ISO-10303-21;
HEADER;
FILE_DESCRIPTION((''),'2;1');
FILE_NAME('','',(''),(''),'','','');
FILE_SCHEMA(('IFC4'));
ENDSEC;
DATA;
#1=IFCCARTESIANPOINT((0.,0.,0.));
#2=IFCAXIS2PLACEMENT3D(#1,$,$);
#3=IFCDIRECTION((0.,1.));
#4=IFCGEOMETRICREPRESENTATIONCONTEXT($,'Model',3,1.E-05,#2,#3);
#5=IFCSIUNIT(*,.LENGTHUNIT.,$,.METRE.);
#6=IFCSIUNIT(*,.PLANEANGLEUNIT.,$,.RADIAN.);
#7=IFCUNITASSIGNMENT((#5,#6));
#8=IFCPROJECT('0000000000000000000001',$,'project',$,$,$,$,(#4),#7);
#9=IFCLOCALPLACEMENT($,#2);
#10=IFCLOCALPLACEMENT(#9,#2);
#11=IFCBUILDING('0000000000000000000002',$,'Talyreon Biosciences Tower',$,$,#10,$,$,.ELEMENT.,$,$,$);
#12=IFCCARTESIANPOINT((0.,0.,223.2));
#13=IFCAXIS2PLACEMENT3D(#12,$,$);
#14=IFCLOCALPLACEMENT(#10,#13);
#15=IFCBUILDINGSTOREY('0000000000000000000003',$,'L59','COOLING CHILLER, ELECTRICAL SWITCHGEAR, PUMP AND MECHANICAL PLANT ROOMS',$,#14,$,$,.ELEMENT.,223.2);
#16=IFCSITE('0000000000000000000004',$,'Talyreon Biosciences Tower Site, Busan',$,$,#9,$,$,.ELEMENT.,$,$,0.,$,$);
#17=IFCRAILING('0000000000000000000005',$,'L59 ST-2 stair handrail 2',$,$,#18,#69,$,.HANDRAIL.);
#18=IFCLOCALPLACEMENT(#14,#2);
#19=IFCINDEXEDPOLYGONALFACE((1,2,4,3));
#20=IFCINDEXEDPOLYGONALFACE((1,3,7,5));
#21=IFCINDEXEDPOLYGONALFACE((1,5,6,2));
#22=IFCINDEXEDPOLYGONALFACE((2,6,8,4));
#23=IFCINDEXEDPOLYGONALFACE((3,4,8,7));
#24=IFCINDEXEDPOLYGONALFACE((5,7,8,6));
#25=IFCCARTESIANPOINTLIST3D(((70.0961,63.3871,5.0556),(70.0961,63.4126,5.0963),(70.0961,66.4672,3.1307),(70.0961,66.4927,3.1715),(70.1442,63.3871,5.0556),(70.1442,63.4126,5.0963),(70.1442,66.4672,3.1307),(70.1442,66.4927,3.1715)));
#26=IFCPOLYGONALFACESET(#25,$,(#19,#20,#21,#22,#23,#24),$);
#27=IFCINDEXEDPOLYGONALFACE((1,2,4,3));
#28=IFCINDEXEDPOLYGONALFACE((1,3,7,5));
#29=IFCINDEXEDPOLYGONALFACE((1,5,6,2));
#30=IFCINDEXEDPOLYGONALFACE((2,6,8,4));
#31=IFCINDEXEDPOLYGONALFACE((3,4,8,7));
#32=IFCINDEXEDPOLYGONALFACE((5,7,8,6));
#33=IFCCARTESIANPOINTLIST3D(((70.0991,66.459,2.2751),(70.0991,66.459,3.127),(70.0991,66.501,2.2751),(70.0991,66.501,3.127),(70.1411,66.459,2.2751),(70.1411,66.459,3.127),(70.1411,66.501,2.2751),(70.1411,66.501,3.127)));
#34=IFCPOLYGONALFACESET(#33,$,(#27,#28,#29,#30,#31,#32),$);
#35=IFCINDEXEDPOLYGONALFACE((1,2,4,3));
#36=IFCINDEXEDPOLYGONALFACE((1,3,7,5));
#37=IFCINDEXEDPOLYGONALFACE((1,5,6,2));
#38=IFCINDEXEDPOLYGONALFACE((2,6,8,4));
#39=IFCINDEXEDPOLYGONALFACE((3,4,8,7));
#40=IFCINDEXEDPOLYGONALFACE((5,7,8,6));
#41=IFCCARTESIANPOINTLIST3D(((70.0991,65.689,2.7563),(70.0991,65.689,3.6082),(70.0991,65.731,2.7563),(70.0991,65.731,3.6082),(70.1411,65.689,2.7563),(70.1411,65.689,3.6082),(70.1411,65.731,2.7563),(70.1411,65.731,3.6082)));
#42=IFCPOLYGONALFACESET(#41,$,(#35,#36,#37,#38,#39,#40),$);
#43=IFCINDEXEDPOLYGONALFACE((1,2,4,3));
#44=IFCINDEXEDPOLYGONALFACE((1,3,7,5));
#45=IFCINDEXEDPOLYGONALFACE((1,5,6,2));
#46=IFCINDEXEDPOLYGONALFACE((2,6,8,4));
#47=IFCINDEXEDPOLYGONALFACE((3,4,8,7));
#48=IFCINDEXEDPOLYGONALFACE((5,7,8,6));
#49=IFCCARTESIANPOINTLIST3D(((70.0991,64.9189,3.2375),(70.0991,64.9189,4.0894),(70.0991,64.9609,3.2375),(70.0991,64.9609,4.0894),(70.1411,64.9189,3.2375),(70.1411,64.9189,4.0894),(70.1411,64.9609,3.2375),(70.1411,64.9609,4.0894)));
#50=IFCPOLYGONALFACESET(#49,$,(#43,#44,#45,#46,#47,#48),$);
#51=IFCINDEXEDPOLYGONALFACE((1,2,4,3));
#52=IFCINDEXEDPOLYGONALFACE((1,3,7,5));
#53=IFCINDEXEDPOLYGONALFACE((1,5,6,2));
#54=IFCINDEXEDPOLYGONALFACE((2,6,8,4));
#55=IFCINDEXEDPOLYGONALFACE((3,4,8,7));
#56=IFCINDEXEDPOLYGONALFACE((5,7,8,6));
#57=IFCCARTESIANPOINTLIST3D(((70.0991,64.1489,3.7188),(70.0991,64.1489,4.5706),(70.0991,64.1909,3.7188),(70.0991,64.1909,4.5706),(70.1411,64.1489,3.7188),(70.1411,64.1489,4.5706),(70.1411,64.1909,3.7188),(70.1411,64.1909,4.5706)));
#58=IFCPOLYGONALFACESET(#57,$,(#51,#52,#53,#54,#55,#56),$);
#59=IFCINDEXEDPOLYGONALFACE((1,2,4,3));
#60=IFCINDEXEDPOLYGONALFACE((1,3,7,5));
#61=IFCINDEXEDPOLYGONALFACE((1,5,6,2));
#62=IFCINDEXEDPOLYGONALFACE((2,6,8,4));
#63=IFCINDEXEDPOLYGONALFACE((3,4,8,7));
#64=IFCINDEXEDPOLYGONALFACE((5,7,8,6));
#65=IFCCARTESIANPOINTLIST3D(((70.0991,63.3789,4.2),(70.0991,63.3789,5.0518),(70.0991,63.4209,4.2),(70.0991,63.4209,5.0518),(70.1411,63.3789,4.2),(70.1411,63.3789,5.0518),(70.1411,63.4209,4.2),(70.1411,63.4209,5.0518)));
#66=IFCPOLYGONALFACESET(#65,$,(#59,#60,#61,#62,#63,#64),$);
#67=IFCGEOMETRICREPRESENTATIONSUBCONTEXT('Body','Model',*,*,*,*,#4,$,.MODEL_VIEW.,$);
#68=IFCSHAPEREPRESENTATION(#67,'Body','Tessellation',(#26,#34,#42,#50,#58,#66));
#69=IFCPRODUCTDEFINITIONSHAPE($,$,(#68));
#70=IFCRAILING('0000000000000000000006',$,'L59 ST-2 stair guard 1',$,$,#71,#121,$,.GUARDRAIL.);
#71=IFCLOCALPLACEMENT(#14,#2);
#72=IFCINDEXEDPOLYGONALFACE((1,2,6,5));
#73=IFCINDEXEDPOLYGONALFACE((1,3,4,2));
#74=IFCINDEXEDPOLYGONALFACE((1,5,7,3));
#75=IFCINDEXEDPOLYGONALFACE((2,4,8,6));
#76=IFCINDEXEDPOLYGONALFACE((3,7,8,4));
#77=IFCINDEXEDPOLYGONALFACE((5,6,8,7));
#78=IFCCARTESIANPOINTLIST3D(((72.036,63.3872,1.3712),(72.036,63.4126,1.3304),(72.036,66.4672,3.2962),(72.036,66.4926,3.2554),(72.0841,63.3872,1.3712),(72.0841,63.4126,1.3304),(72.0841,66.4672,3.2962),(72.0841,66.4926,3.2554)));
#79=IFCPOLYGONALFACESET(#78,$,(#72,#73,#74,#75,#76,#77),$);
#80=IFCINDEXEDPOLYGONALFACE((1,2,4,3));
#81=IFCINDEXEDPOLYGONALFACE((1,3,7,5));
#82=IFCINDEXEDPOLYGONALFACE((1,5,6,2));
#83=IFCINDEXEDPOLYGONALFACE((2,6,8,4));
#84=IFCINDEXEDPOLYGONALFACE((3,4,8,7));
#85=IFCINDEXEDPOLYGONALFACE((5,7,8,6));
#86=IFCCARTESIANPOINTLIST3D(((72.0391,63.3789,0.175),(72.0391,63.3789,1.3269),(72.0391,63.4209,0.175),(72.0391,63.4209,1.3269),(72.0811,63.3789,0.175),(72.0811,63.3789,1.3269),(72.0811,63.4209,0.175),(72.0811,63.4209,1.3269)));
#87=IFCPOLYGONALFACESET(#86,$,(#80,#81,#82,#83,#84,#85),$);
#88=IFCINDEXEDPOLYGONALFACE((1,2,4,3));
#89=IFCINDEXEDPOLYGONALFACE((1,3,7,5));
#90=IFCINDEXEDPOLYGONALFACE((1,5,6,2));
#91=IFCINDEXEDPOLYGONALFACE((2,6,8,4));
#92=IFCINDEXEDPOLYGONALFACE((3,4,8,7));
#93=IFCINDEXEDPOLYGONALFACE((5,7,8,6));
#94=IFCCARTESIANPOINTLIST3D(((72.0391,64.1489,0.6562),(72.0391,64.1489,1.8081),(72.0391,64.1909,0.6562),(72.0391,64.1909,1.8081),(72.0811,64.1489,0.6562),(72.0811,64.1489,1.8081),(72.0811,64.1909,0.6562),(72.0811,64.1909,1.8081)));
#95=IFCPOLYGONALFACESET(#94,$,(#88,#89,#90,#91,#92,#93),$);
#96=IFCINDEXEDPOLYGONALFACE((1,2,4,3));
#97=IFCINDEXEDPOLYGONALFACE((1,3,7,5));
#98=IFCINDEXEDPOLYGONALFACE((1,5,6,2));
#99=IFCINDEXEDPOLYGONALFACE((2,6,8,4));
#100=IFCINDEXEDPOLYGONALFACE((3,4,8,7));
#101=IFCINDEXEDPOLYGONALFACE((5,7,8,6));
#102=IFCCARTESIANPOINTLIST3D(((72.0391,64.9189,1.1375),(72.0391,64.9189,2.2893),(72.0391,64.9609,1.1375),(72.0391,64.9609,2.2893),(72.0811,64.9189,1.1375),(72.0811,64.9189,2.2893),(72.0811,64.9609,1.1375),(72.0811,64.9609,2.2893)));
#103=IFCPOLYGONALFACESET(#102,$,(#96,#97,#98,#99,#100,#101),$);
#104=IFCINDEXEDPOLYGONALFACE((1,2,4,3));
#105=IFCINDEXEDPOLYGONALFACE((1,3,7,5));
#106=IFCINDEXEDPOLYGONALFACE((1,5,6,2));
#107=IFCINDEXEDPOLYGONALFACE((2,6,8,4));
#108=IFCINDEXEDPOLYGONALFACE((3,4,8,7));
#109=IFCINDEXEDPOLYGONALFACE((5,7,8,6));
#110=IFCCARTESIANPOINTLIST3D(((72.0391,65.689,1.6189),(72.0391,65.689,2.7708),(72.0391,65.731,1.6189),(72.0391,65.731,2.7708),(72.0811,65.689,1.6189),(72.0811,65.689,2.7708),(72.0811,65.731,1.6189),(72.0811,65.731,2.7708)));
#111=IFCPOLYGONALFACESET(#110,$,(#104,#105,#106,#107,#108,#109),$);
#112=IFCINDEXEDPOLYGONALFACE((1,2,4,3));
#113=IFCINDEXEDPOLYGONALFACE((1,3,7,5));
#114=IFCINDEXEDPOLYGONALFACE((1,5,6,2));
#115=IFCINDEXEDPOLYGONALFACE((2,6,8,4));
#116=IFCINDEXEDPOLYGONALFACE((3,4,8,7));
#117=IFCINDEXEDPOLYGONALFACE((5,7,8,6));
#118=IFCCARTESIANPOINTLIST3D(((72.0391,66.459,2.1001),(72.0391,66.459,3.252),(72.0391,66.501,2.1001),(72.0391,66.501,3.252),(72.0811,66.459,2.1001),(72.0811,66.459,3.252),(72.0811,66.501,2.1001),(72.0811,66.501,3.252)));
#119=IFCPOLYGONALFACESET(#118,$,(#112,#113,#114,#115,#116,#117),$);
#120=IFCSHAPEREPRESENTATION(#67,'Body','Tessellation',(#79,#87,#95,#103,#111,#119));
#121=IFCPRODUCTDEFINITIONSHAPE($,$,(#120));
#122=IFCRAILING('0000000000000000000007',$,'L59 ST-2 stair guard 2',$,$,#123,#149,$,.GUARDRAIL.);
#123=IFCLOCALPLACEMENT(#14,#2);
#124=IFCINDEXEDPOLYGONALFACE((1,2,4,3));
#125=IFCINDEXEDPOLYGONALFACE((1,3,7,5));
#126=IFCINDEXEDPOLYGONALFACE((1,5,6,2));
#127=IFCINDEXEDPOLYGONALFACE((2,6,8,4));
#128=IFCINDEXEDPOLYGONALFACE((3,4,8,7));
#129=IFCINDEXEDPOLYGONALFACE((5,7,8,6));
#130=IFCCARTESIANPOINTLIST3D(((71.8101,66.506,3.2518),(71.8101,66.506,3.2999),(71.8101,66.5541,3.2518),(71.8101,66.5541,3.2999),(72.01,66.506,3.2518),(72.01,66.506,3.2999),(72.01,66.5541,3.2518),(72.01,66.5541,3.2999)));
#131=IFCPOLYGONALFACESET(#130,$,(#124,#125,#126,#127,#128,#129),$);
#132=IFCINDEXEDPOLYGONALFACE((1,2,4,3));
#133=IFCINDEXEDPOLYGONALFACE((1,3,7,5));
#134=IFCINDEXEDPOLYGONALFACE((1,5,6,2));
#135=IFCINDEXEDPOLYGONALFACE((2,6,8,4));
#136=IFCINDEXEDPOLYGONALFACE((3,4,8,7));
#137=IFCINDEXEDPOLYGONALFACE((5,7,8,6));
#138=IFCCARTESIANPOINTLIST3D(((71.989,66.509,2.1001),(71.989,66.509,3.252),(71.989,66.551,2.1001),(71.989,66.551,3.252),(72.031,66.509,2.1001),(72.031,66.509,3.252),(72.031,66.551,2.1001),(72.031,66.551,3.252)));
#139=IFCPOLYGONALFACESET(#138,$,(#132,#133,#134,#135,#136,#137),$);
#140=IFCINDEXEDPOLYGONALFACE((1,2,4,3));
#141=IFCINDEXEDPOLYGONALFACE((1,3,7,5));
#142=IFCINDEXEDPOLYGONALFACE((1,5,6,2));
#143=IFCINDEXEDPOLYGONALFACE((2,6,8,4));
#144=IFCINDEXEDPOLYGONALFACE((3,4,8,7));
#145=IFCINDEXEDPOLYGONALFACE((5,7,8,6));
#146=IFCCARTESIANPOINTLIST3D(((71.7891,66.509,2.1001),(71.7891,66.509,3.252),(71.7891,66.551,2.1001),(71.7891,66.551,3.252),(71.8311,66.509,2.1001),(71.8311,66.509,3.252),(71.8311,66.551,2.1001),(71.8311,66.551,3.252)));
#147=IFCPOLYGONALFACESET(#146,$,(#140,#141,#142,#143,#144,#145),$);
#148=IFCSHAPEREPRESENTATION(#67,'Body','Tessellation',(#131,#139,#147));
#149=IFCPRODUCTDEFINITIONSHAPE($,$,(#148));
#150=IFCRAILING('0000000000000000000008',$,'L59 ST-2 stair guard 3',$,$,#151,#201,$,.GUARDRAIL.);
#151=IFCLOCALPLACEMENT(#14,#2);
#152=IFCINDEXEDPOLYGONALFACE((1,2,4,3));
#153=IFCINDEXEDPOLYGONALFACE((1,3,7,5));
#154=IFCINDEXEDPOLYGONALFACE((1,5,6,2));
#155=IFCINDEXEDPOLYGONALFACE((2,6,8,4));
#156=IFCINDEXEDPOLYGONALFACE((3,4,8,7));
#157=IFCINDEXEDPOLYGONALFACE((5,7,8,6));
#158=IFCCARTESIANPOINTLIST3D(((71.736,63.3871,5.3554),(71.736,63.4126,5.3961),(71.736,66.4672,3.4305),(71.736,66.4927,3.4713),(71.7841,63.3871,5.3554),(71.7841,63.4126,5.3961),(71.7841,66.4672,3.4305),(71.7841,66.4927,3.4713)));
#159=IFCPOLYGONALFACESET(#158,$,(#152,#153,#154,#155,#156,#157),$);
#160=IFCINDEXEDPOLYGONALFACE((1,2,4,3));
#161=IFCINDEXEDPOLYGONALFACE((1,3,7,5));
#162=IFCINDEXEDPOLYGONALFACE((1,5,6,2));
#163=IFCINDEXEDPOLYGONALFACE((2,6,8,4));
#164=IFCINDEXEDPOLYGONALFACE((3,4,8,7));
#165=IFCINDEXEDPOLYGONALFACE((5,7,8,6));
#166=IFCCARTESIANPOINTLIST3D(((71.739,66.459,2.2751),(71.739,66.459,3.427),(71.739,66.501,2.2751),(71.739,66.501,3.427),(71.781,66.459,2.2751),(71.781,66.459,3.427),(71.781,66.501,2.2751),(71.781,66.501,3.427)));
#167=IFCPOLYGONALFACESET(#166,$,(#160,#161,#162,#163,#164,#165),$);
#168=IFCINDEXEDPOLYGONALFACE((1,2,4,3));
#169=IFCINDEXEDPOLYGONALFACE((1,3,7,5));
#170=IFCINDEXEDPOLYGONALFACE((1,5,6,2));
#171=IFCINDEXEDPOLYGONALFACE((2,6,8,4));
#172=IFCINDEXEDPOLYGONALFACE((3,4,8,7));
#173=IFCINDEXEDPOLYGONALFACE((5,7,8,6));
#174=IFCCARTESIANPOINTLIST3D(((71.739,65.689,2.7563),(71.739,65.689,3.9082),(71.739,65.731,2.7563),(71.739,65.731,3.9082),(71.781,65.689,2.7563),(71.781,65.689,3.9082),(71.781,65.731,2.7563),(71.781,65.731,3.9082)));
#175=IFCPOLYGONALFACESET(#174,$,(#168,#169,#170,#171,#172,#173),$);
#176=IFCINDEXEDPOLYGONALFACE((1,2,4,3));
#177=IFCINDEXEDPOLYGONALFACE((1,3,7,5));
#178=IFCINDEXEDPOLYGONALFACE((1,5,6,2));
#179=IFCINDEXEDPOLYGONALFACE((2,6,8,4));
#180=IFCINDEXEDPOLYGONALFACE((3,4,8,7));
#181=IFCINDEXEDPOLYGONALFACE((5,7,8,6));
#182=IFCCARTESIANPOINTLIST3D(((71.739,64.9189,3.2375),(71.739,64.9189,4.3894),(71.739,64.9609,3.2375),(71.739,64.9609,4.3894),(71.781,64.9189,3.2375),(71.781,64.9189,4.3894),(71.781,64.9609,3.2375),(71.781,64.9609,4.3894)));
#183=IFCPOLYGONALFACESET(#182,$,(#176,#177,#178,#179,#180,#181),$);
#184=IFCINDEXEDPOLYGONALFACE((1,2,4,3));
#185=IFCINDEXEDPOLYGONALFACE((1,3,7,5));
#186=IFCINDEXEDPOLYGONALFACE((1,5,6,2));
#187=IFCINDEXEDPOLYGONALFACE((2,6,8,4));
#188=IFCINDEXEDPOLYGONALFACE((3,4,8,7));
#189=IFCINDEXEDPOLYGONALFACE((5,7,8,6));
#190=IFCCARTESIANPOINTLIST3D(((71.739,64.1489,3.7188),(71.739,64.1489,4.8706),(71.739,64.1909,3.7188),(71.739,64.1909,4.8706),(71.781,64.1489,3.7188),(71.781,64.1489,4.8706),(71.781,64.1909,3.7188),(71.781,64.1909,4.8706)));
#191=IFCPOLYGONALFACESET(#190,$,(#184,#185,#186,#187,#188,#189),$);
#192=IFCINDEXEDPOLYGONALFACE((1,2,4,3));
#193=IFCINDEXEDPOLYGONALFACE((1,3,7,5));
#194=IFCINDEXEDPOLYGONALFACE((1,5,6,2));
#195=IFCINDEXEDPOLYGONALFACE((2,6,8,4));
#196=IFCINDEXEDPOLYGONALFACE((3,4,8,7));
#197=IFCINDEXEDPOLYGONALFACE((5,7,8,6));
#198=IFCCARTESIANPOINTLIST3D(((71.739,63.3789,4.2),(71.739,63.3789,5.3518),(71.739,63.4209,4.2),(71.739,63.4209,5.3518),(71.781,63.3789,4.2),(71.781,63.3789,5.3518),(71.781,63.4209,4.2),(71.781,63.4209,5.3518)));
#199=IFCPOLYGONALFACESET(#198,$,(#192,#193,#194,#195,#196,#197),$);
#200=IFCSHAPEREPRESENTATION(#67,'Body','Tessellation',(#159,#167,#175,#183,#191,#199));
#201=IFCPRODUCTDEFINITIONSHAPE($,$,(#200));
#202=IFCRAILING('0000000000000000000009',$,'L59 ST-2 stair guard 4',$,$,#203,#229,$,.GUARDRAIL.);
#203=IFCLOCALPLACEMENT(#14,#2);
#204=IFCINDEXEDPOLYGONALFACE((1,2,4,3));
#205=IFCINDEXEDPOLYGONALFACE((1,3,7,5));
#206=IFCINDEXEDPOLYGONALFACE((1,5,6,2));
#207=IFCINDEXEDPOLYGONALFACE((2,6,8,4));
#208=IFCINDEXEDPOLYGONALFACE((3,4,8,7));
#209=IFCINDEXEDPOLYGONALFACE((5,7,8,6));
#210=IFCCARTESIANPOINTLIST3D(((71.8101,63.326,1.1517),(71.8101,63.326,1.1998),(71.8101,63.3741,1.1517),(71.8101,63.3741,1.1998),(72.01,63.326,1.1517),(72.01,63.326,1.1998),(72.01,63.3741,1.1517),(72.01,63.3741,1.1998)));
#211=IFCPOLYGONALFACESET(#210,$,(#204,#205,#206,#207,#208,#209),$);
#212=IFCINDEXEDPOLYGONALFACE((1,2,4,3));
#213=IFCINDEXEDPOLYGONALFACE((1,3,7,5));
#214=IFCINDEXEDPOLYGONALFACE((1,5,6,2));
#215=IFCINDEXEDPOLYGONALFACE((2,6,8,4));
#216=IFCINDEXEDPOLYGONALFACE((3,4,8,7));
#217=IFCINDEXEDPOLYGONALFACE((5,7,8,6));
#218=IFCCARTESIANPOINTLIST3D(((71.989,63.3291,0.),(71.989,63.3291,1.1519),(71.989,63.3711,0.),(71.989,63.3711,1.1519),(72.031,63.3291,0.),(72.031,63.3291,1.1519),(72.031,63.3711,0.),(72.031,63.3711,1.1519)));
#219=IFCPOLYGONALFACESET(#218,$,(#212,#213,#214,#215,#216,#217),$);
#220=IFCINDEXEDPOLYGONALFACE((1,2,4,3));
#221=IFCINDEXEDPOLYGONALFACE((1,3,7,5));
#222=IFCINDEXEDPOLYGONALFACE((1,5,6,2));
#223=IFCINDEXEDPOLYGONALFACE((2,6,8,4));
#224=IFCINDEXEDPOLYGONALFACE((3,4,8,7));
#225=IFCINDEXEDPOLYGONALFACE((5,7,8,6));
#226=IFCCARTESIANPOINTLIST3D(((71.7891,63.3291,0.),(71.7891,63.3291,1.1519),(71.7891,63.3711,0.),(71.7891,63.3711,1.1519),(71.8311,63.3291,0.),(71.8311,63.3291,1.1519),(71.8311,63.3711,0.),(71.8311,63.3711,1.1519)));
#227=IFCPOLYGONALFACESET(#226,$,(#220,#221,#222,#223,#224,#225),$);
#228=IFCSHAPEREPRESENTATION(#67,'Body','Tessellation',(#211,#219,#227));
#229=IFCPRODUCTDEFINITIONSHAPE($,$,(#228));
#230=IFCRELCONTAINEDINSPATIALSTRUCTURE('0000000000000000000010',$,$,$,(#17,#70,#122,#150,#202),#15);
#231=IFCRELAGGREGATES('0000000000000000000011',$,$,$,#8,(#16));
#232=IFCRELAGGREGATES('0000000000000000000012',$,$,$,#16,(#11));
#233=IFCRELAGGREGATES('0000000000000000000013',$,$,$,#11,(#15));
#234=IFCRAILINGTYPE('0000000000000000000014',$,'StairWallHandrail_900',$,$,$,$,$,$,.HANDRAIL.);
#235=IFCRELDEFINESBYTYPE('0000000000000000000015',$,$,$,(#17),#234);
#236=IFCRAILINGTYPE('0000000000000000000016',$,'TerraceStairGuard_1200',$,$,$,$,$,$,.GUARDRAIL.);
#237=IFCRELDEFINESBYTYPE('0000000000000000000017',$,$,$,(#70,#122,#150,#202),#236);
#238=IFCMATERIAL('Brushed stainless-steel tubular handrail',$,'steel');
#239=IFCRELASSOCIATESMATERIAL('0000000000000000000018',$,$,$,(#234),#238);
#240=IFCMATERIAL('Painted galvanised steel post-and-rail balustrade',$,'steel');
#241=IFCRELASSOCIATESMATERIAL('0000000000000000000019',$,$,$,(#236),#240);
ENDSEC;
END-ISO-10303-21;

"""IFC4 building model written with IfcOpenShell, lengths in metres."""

from ifc_helpers import new_model, si_unit, direction, frame, origin, origin_2d, place, context, subcontext, project, spatial, rectangle, extrude, material, type_object, element, save


model = new_model("IFC4")

# Units and contexts
model_context = context("Model", 3, precision=1e-05, world=origin(), true_north=direction((0.0, 1.0)))
body_context = subcontext(model_context, "Body", "Model", "MODEL_VIEW")
ifc_project = project(units=[si_unit("LENGTHUNIT", "METRE"), si_unit("PLANEANGLEUNIT", "RADIAN")], contexts=[model_context])

# Site, building, storey
site_placement = place(None, origin())
site = spatial("IfcSite", under=ifc_project, at=site_placement, Name="Talyreon Biosciences Tower Site, Busan", CompositionType="ELEMENT", RefElevation=0.0)
building_placement = place(site_placement, origin())
building = spatial("IfcBuilding", under=site, at=building_placement, Name="Talyreon Biosciences Tower", CompositionType="ELEMENT")
storey_placement = place(building_placement, frame((0.0, 0.0, 223.2)))
storey = spatial("IfcBuildingStorey", under=building, at=storey_placement, Name="L59", Description="COOLING CHILLER, ELECTRICAL SWITCHGEAR, PUMP AND MECHANICAL PLANT ROOMS", CompositionType="ELEMENT", Elevation=223.2)

# Railings
ifc_material_1 = material(Name="Brushed stainless-steel tubular handrail", Category="steel")
railing_type_1 = type_object("IfcRailingType", Name="StairWallHandrail_900", PredefinedType="HANDRAIL", material=ifc_material_1)
railing_1_placement = place(storey_placement, frame((70.1201, 66.48, 2.2751)))
element("IfcRailing", 1, at=railing_1_placement, inside=storey, type_object=railing_type_1, Name="L59 ST-2 stair handrail 2", PredefinedType="HANDRAIL", context=body_context, shape_type="SweptSolid", body=[
    extrude(rectangle(XDim=0.0481, YDim=0.0481, at=origin_2d()), frame((0.0, 0.0, 0.876), z_axis=(0.0, -0.848029, 0.529951), x_axis=(1.0, 0.0, 0.0)), (0.0, 0.0, 1.0), 3.6321),
    extrude(rectangle(XDim=0.042, YDim=0.042, at=origin_2d()), origin(), (0.0, 0.0, 1.0), 0.8518),
    extrude(rectangle(XDim=0.042, YDim=0.042, at=origin_2d()), frame((0.0, -0.77, 0.4812)), (0.0, 0.0, 1.0), 0.8518),
    extrude(rectangle(XDim=0.042, YDim=0.042, at=origin_2d()), frame((0.0, -1.54, 0.9624)), (0.0, 0.0, 1.0), 0.8518),
    extrude(rectangle(XDim=0.042, YDim=0.042, at=origin_2d()), frame((0.0, -2.3101, 1.4436)), (0.0, 0.0, 1.0), 0.8518),
    extrude(rectangle(XDim=0.042, YDim=0.042, at=origin_2d()), frame((0.0, -3.0801, 1.9248)), (0.0, 0.0, 1.0), 0.8518),
])
ifc_material_2 = material(Name="Painted galvanised steel post-and-rail balustrade", Category="steel")
railing_type_2 = type_object("IfcRailingType", Name="TerraceStairGuard_1200", PredefinedType="GUARDRAIL", material=ifc_material_2)
railing_2_placement = place(storey_placement, frame((72.0601, 63.3999, 0.175)))
element("IfcRailing", 2, at=railing_2_placement, inside=storey, type_object=railing_type_2, Name="L59 ST-2 stair guard 1", PredefinedType="GUARDRAIL", context=body_context, shape_type="SweptSolid", body=[
    extrude(rectangle(XDim=0.0481, YDim=0.0481, at=origin_2d()), frame((0.0, 0.0, 1.1758), z_axis=(0.0, 0.847998, 0.529999), x_axis=(-1.0, 0.0, 0.0)), (0.0, 0.0, 1.0), 3.6321),
    extrude(rectangle(XDim=0.042, YDim=0.042, at=origin_2d()), origin(), (0.0, 0.0, 1.0), 1.1519),
    extrude(rectangle(XDim=0.042, YDim=0.042, at=origin_2d()), frame((0.0, 0.77, 0.4812)), (0.0, 0.0, 1.0), 1.1519),
    extrude(rectangle(XDim=0.042, YDim=0.042, at=origin_2d()), frame((0.0, 1.54, 0.9624)), (0.0, 0.0, 1.0), 1.1519),
    extrude(rectangle(XDim=0.042, YDim=0.042, at=origin_2d()), frame((0.0, 2.3101, 1.4438)), (0.0, 0.0, 1.0), 1.1519),
    extrude(rectangle(XDim=0.042, YDim=0.042, at=origin_2d()), frame((0.0, 3.0801, 1.925)), (0.0, 0.0, 1.0), 1.1519),
])
railing_3_placement = place(storey_placement, frame((72.01, 66.53, 2.1001)))
element("IfcRailing", 3, at=railing_3_placement, inside=storey, type_object=railing_type_2, Name="L59 ST-2 stair guard 2", PredefinedType="GUARDRAIL", context=body_context, shape_type="SweptSolid", body=[
    extrude(rectangle(XDim=0.0481, YDim=0.0481, at=origin_2d()), frame((0.0, 0.0, 1.1758), z_axis=(-1.0, 0.0, 0.0), x_axis=(0.0, -1.0, 0.0)), (0.0, 0.0, 1.0), 0.2),
    extrude(rectangle(XDim=0.042, YDim=0.042, at=origin_2d()), origin(), (0.0, 0.0, 1.0), 1.1519),
    extrude(rectangle(XDim=0.042, YDim=0.042, at=origin_2d()), frame((-0.2, 0.0, 0.0)), (0.0, 0.0, 1.0), 1.1519),
])
railing_4_placement = place(storey_placement, frame((71.76, 66.48, 2.2751)))
element("IfcRailing", 4, at=railing_4_placement, inside=storey, type_object=railing_type_2, Name="L59 ST-2 stair guard 3", PredefinedType="GUARDRAIL", context=body_context, shape_type="SweptSolid", body=[
    extrude(rectangle(XDim=0.0481, YDim=0.0481, at=origin_2d()), frame((0.0, 0.0, 1.1758), z_axis=(0.0, -0.848029, 0.529951), x_axis=(1.0, 0.0, 0.0)), (0.0, 0.0, 1.0), 3.6321),
    extrude(rectangle(XDim=0.042, YDim=0.042, at=origin_2d()), origin(), (0.0, 0.0, 1.0), 1.1519),
    extrude(rectangle(XDim=0.042, YDim=0.042, at=origin_2d()), frame((0.0, -0.77, 0.4812)), (0.0, 0.0, 1.0), 1.1519),
    extrude(rectangle(XDim=0.042, YDim=0.042, at=origin_2d()), frame((0.0, -1.54, 0.9624)), (0.0, 0.0, 1.0), 1.1519),
    extrude(rectangle(XDim=0.042, YDim=0.042, at=origin_2d()), frame((0.0, -2.3101, 1.4436)), (0.0, 0.0, 1.0), 1.1519),
    extrude(rectangle(XDim=0.042, YDim=0.042, at=origin_2d()), frame((0.0, -3.0801, 1.9248)), (0.0, 0.0, 1.0), 1.1519),
])
railing_5_placement = place(storey_placement, frame((72.01, 63.3501, 0.0)))
element("IfcRailing", 5, at=railing_5_placement, inside=storey, type_object=railing_type_2, Name="L59 ST-2 stair guard 4", PredefinedType="GUARDRAIL", context=body_context, shape_type="SweptSolid", body=[
    extrude(rectangle(XDim=0.0481, YDim=0.0481, at=origin_2d()), frame((0.0, 0.0, 1.1758), z_axis=(-1.0, 0.0, 0.0), x_axis=(0.0, -1.0, 0.0)), (0.0, 0.0, 1.0), 0.2),
    extrude(rectangle(XDim=0.042, YDim=0.042, at=origin_2d()), origin(), (0.0, 0.0, 1.0), 1.1519),
    extrude(rectangle(XDim=0.042, YDim=0.042, at=origin_2d()), frame((-0.2, 0.0, 0.0)), (0.0, 0.0, 1.0), 1.1519),
])

save(model, "model.ifc")
